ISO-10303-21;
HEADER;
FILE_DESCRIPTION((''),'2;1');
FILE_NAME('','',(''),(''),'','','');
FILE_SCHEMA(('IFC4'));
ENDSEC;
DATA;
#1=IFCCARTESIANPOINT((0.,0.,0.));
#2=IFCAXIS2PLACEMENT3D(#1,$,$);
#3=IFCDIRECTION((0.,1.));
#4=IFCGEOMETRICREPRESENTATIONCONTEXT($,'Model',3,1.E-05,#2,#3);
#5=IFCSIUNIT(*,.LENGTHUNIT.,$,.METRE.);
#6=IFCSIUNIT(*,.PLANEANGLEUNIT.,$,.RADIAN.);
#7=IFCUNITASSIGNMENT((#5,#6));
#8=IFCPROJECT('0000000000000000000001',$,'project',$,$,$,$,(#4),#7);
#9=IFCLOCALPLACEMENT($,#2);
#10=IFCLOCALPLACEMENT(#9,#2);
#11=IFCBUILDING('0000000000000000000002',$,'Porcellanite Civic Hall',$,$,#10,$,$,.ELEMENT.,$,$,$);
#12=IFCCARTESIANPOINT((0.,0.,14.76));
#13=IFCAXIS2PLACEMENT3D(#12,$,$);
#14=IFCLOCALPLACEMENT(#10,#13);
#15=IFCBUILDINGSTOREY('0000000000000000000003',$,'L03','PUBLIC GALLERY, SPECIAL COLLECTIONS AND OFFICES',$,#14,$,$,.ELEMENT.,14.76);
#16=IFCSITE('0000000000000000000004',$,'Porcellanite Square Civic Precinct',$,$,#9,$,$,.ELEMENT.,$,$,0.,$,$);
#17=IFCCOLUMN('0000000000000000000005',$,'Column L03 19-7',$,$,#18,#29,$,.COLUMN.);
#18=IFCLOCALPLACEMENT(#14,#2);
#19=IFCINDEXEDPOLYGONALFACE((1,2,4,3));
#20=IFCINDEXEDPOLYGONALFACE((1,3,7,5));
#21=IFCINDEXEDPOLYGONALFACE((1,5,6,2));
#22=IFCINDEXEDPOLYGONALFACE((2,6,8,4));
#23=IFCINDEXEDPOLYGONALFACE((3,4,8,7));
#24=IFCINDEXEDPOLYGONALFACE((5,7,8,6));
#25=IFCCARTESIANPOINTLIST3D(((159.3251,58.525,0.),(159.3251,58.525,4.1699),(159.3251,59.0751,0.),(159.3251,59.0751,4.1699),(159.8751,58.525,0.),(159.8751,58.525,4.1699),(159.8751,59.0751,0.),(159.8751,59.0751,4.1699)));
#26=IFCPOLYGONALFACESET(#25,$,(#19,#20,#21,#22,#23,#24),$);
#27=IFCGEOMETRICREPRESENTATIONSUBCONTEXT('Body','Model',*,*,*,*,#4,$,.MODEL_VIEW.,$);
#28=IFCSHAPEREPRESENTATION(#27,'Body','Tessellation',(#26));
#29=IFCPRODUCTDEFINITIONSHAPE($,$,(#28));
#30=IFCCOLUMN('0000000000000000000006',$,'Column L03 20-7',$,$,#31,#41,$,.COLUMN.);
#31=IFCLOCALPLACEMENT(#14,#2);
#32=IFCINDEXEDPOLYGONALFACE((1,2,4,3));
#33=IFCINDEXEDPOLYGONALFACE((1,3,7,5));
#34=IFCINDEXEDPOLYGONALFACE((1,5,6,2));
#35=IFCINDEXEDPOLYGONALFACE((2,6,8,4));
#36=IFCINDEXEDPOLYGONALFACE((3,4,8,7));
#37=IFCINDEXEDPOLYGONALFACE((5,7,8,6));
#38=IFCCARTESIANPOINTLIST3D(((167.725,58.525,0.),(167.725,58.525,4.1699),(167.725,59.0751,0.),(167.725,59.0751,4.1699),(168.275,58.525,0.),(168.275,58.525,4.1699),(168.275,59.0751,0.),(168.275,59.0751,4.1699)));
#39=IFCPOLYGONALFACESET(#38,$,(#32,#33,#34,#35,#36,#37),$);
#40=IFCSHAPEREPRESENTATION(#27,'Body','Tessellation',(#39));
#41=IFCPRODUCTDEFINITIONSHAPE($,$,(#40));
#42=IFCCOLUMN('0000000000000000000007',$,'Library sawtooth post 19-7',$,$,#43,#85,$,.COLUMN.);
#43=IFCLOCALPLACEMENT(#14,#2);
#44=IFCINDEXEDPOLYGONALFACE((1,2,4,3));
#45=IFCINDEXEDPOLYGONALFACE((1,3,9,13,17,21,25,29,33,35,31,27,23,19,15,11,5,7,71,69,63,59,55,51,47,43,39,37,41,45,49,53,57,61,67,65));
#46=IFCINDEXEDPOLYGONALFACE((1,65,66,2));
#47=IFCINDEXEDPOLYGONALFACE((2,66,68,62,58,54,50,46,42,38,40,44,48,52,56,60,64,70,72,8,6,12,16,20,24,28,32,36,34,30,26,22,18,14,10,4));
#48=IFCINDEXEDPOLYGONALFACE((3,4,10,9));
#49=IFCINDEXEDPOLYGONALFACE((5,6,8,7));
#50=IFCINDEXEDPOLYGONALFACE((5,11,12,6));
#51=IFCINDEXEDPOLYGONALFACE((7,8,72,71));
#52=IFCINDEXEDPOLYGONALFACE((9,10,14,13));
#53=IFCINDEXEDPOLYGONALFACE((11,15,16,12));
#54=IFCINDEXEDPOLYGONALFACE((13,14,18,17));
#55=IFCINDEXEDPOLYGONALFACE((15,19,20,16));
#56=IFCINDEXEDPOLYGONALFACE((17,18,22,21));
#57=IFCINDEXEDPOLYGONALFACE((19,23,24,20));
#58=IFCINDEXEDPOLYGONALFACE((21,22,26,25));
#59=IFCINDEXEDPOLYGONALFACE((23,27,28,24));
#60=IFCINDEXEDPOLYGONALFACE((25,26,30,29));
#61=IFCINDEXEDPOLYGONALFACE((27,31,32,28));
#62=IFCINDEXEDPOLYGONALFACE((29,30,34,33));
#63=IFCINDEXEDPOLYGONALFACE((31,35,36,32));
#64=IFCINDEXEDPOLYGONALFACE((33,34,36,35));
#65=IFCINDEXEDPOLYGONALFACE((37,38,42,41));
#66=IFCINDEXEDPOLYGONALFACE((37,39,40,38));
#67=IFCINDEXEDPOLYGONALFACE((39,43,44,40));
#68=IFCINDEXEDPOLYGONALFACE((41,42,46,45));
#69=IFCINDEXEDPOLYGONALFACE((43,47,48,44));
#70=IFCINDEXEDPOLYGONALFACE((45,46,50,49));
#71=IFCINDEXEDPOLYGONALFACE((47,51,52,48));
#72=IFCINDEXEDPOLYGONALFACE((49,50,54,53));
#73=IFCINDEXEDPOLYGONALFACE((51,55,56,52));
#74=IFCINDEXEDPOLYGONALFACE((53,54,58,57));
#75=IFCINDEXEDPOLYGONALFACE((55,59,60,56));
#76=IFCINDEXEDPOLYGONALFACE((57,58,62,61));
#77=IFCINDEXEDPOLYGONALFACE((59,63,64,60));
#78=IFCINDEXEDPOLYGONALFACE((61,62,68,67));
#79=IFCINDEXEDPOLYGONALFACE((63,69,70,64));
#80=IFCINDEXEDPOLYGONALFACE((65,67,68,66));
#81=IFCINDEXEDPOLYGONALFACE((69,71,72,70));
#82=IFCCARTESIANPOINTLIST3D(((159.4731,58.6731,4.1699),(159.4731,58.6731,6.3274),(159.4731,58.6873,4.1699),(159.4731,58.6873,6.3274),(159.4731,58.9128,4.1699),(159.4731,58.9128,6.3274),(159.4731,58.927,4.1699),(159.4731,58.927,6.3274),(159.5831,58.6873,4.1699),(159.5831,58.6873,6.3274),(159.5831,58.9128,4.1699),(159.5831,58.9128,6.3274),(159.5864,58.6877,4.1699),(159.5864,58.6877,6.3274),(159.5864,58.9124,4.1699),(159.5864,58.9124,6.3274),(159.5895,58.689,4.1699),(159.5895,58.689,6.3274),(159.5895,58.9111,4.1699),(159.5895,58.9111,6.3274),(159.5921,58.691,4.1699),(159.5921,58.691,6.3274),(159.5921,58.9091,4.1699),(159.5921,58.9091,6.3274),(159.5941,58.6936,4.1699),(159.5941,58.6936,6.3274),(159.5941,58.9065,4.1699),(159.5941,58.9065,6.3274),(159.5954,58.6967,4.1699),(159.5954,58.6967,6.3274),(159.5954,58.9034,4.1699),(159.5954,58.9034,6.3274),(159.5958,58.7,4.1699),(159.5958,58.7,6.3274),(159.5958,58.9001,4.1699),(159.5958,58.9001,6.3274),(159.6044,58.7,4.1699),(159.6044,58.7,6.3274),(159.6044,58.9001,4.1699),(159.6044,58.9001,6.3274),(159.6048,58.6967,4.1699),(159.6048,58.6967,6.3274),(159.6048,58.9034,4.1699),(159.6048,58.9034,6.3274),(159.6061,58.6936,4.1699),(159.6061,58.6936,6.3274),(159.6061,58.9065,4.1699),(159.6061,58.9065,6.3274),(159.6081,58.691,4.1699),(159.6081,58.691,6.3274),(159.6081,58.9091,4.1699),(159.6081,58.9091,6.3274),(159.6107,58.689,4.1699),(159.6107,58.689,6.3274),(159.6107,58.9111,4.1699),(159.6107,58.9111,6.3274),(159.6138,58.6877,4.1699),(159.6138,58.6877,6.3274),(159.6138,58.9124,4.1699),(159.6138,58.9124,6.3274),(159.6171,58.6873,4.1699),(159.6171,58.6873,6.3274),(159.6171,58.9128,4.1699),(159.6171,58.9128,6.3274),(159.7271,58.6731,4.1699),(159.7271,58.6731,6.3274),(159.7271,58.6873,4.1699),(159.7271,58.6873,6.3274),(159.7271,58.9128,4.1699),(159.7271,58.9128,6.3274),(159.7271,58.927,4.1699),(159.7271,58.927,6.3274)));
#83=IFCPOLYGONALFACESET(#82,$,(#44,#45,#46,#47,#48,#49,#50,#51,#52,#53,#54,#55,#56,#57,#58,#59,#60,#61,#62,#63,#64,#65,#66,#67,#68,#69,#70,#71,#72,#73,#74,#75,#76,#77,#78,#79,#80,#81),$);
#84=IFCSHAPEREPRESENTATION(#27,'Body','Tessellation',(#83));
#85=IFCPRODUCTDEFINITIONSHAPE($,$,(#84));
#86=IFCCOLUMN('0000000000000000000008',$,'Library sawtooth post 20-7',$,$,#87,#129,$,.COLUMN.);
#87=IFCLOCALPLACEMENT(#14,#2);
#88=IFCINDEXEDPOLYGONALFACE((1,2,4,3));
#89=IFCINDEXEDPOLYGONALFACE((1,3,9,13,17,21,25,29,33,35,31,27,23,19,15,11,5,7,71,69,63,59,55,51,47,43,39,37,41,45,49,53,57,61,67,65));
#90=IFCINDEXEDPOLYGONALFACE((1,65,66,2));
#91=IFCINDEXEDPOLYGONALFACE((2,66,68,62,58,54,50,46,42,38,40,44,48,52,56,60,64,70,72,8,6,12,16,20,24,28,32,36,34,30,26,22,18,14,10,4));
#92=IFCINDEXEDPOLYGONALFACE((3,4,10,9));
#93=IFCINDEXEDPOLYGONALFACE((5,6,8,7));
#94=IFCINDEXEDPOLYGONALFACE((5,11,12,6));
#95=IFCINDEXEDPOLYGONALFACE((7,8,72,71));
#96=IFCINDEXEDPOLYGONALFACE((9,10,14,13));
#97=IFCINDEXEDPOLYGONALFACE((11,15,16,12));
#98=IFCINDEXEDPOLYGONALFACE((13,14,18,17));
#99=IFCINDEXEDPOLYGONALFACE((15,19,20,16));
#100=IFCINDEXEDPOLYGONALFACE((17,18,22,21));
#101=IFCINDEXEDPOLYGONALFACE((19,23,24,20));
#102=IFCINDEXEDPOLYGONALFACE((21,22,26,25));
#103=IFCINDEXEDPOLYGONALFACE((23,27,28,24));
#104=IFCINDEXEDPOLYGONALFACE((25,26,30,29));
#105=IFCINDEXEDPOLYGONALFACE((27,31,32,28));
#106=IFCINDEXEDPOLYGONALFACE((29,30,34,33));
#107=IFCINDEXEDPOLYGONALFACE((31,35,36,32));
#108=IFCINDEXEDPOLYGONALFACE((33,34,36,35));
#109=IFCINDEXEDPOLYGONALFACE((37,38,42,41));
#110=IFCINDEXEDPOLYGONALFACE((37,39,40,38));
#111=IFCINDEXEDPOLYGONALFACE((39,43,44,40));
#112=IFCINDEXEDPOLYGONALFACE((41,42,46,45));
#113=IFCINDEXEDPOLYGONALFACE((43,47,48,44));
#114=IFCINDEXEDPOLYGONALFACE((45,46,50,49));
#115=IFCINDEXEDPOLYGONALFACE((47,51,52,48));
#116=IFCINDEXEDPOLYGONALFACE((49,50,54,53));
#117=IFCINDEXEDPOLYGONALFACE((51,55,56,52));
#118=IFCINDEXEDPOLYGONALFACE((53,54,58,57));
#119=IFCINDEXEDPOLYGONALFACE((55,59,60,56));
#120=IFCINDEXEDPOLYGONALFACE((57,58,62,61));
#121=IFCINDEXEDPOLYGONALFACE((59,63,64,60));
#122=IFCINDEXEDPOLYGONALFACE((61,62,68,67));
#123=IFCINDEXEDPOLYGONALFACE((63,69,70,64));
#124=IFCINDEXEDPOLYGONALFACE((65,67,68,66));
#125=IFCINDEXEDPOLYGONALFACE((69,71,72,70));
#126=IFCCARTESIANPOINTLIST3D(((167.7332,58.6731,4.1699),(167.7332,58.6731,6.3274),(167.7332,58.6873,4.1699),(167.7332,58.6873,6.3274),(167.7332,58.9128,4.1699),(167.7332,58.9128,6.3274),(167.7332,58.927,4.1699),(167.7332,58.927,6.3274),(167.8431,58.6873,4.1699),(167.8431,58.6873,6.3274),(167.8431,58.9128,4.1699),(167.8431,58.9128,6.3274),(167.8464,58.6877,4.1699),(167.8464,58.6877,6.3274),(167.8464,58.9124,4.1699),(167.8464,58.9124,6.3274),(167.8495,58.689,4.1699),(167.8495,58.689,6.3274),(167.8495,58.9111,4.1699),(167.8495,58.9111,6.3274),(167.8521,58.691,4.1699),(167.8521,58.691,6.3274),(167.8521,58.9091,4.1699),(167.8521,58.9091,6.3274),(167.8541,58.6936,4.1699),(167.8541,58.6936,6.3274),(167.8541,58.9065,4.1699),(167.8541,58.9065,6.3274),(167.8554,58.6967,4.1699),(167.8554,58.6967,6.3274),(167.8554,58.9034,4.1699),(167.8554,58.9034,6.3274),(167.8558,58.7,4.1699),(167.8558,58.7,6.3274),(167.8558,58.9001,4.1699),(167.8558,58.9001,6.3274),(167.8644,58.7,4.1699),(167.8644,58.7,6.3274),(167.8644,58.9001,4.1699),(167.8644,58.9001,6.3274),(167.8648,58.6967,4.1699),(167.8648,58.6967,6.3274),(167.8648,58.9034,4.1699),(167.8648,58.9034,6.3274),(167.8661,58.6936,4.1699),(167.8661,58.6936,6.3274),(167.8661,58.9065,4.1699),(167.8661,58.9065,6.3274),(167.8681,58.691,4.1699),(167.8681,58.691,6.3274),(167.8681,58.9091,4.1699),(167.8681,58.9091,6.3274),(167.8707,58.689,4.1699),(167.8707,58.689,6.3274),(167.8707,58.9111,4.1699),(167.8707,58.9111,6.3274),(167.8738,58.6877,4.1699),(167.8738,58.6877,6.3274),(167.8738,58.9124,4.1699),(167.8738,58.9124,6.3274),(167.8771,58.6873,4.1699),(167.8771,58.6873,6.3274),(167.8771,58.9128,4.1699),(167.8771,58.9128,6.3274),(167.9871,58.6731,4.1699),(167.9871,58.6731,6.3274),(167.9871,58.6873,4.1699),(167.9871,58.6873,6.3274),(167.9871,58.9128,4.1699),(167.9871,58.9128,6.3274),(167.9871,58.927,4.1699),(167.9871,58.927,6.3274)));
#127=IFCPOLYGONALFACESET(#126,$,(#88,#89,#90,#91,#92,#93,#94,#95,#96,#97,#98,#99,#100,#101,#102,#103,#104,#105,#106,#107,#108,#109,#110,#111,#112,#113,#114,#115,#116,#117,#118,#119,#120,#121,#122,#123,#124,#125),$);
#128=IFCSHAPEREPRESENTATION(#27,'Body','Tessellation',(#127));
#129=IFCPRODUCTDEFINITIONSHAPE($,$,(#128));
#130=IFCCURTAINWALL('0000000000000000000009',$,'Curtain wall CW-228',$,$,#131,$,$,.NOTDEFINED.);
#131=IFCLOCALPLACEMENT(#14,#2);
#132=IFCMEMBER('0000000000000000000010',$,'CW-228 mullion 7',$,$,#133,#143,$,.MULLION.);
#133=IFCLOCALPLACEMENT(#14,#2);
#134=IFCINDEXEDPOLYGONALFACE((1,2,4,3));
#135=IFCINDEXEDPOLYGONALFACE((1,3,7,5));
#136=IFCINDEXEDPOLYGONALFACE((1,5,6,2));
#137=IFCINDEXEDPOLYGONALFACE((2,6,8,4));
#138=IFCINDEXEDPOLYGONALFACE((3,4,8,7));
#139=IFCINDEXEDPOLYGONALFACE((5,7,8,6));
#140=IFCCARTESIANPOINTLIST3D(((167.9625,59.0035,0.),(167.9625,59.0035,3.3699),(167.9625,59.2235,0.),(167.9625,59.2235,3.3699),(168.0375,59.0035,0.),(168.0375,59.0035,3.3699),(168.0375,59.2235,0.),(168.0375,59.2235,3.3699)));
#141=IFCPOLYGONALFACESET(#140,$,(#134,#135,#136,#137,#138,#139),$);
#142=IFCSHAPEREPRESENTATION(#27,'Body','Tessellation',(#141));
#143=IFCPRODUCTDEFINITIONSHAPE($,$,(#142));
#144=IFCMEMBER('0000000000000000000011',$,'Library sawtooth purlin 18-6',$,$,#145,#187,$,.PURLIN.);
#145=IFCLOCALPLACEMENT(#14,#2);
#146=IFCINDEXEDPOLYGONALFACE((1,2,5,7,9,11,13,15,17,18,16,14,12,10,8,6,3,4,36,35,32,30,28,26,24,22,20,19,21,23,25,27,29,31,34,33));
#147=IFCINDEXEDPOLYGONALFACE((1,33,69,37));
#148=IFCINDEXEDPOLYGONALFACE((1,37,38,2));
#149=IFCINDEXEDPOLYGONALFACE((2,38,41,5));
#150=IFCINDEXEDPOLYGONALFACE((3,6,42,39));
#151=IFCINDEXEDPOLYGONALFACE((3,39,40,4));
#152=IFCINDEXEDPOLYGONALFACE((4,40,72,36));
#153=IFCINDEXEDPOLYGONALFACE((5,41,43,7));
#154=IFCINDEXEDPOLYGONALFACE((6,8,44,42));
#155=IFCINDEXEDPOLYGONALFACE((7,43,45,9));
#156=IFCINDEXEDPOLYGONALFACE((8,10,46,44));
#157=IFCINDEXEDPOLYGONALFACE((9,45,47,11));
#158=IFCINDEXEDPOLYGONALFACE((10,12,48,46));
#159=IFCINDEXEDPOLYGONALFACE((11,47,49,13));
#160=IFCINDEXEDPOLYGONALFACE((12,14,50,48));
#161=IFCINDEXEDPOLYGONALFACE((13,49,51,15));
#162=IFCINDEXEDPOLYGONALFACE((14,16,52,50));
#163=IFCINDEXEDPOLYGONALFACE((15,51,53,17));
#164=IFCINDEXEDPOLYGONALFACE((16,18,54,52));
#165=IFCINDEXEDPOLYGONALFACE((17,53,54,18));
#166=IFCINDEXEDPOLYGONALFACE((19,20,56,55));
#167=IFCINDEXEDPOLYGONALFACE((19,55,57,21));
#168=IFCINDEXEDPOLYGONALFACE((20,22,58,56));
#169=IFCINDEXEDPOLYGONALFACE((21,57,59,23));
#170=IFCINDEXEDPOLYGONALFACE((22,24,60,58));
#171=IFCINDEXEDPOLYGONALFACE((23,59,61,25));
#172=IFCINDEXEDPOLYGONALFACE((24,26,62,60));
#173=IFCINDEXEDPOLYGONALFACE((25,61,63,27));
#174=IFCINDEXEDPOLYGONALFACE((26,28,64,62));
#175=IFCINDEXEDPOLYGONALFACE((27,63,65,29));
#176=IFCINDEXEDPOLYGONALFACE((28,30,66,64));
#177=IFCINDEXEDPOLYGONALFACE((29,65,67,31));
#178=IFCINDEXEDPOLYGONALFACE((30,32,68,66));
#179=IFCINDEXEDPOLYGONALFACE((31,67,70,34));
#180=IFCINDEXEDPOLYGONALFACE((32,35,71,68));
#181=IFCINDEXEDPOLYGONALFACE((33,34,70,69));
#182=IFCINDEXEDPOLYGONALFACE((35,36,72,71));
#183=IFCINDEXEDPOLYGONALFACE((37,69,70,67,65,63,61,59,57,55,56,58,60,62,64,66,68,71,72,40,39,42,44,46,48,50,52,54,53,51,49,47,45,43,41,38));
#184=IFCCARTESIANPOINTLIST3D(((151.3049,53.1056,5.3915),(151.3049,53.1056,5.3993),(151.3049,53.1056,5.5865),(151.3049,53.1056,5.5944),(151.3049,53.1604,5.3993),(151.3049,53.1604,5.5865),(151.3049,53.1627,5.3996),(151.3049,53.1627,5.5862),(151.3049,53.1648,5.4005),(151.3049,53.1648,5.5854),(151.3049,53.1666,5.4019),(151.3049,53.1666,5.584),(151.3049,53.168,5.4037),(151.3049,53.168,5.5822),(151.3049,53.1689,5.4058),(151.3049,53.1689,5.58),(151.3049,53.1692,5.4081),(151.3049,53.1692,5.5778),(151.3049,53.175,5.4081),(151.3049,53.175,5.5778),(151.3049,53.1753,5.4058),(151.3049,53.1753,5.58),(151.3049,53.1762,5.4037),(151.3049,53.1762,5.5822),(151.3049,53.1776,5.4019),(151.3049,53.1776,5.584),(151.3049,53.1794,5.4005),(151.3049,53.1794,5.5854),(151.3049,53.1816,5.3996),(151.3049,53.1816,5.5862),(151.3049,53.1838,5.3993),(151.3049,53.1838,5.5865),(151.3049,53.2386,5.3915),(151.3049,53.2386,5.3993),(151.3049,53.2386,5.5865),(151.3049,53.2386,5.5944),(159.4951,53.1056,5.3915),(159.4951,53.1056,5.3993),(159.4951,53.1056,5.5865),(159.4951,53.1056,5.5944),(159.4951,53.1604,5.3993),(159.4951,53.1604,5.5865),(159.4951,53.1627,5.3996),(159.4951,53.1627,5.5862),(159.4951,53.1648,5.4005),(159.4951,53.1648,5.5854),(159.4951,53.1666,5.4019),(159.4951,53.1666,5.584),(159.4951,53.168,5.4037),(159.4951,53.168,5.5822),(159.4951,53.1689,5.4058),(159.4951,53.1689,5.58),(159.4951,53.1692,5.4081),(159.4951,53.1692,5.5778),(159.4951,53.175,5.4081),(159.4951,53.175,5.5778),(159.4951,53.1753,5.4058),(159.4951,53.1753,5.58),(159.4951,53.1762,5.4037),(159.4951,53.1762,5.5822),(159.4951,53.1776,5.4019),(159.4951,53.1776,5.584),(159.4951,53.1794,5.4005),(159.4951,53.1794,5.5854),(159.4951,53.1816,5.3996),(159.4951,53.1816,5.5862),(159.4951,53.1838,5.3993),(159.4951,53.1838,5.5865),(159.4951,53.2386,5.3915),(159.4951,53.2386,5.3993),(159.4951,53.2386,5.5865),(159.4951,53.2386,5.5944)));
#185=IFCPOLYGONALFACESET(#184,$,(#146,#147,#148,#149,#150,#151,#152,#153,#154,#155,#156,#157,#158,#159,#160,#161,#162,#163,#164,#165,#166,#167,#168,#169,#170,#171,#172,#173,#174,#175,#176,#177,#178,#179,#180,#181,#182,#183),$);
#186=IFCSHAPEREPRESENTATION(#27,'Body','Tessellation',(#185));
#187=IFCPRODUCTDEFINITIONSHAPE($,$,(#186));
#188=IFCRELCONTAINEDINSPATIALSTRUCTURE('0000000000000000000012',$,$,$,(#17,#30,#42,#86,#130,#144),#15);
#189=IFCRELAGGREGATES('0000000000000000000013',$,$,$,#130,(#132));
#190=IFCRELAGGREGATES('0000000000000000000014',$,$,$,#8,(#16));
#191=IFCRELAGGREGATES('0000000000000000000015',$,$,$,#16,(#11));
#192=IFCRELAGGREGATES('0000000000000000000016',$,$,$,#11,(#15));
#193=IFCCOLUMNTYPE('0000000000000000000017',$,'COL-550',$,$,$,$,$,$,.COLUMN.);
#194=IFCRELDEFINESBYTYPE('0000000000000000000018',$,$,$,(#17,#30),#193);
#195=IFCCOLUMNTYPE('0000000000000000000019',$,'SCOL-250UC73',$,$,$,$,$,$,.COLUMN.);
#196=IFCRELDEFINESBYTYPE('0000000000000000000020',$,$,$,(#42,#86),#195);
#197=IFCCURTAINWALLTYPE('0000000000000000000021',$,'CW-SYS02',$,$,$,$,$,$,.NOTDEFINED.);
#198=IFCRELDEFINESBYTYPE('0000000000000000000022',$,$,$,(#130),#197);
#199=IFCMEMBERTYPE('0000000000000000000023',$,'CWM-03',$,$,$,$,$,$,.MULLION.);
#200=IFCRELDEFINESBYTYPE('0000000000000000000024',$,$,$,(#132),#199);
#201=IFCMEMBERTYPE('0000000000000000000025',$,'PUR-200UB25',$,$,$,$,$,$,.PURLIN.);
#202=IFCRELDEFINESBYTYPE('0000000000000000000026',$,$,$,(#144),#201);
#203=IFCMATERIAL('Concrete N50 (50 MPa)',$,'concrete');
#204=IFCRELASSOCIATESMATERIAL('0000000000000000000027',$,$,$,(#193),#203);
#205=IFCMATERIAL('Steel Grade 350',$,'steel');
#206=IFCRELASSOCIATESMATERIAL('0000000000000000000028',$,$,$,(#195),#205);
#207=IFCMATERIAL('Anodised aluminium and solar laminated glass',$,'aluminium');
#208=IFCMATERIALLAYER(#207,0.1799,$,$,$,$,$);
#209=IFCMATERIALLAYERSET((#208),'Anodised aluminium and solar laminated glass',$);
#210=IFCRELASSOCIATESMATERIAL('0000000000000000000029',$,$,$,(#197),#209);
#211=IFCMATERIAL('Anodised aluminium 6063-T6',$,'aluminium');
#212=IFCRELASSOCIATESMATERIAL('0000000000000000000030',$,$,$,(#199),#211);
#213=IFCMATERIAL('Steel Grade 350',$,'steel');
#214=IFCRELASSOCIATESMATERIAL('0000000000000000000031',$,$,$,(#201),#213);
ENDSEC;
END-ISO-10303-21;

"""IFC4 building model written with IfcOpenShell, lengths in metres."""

from ifc_helpers import new_model, si_unit, direction, frame, origin, origin_2d, place, context, subcontext, project, spatial, rectangle, i_section, extrude, material, layer, layer_set, material_profile, profile_set, type_object, element, aggregate, save


model = new_model("IFC4")

# Units and contexts
model_context = context("Model", 3, precision=1e-05, world=origin(), true_north=direction((0.0, 1.0)))
body_context = subcontext(model_context, "Body", "Model", "MODEL_VIEW")
ifc_project = project(units=[si_unit("LENGTHUNIT", "METRE"), si_unit("PLANEANGLEUNIT", "RADIAN")], contexts=[model_context])

# Site, building, storey
site_placement = place(None, origin())
site = spatial("IfcSite", under=ifc_project, at=site_placement, Name="Porcellanite Square Civic Precinct", CompositionType="ELEMENT", RefElevation=0.0)
building_placement = place(site_placement, origin())
building = spatial("IfcBuilding", under=site, at=building_placement, Name="Porcellanite Civic Hall", CompositionType="ELEMENT")
storey_placement = place(building_placement, frame((0.0, 0.0, 14.76)))
storey = spatial("IfcBuildingStorey", under=building, at=storey_placement, Name="L03", Description="PUBLIC GALLERY, SPECIAL COLLECTIONS AND OFFICES", CompositionType="ELEMENT", Elevation=14.76)

# Columns
ifc_material_1 = material(Name="Concrete N50 (50 MPa)", Category="concrete")
ifc_material_profile_1 = material_profile(ifc_material_1, rectangle(XDim=0.55, YDim=0.55, at=origin_2d()), Name="RC-550x550")
ifc_profile_set_1 = profile_set([ifc_material_profile_1], Name="Concrete N50 (50 MPa)")
column_type_1 = type_object("IfcColumnType", Name="COL-550", PredefinedType="COLUMN", material=ifc_profile_set_1)
for number, where, z_axis, x_axis, name in (
    (1, (159.6001, 58.8, 0.0), (0.0, 0.0, 1.0), (1.0, 0.0, 0.0), "Column L03 19-7"),
    (2, (168.0, 58.8, 0.0), (0.0, 0.0, 1.0), (1.0, 0.0, 0.0), "Column L03 20-7"),
):
    element("IfcColumn", number, at=place(storey_placement, frame(where, z_axis=z_axis, x_axis=x_axis)), inside=storey, type_object=column_type_1, Name=name, PredefinedType="COLUMN", context=body_context, shape_type="SweptSolid", body=[
        extrude(rectangle(XDim=0.55, YDim=0.55, at=origin_2d()), origin(), (0.0, 0.0, 1.0), 4.1699),
    ])
ifc_material_2 = material(Name="Steel Grade 350", Category="steel")
ifc_material_profile_2 = material_profile(ifc_material_2, i_section(OverallWidth=0.2539, OverallDepth=0.2539, WebThickness=0.0085, FlangeThickness=0.0142, FilletRadius=0.0127, at=origin_2d()), Name="250UC72.9")
ifc_profile_set_2 = profile_set([ifc_material_profile_2], Name="Steel Grade 350")
column_type_2 = type_object("IfcColumnType", Name="SCOL-250UC73", PredefinedType="COLUMN", material=ifc_profile_set_2)
for number, where, z_axis, x_axis, name in (
    (3, (159.6001, 58.8, 4.1699), (0.0, 0.0, 1.0), (1.0, 0.0, 0.0), "Library sawtooth post 19-7"),
    (4, (167.8601, 58.8, 4.1699), (0.0, 0.0, 1.0), (1.0, 0.0, 0.0), "Library sawtooth post 20-7"),
):
    element("IfcColumn", number, at=place(storey_placement, frame(where, z_axis=z_axis, x_axis=x_axis)), inside=storey, type_object=column_type_2, Name=name, PredefinedType="COLUMN", context=body_context, shape_type="SweptSolid", body=[
        extrude(i_section(OverallWidth=0.2539, OverallDepth=0.2539, WebThickness=0.0085, FlangeThickness=0.0142, FilletRadius=0.0127, at=origin_2d()), origin(), (0.0, 0.0, 1.0), 2.1575),
    ])

# Curtain wall, member
ifc_material_3 = material(Name="Anodised aluminium and solar laminated glass", Category="aluminium")
ifc_layer_1 = layer(ifc_material_3, 0.1799)
ifc_layer_set_1 = layer_set([ifc_layer_1], Name="Anodised aluminium and solar laminated glass")
curtain_wall_type = type_object("IfcCurtainWallType", Name="CW-SYS02", PredefinedType="NOTDEFINED", material=ifc_layer_set_1)
curtain_wall_placement = place(storey_placement, origin())
curtain_wall = element("IfcCurtainWall", 5, at=curtain_wall_placement, inside=storey, type_object=curtain_wall_type, Name="Curtain wall CW-228", PredefinedType="NOTDEFINED")
ifc_material_4 = material(Name="Anodised aluminium 6063-T6", Category="aluminium")
ifc_material_profile_3 = material_profile(ifc_material_4, rectangle(XDim=0.075, YDim=0.22, at=origin_2d()), Name="AL-75x220")
ifc_profile_set_3 = profile_set([ifc_material_profile_3], Name="Anodised aluminium 6063-T6")
member_type_1 = type_object("IfcMemberType", Name="CWM-03", PredefinedType="MULLION", material=ifc_profile_set_3)
member_placement = place(storey_placement, frame((168.0, 59.1135, 0.0), z_axis=(0.0, 0.0, 1.0), x_axis=(1.0, 0.0, 0.0)))
member = element("IfcMember", 6, at=member_placement, type_object=member_type_1, Name="CW-228 mullion 7", PredefinedType="MULLION", context=body_context, shape_type="SweptSolid", body=[
    extrude(rectangle(XDim=0.075, YDim=0.22, at=origin_2d()), origin(), (0.0, 0.0, 1.0), 3.3699),
])

# Member
ifc_material_5 = material(Name="Steel Grade 350", Category="steel")
ifc_material_profile_4 = material_profile(ifc_material_5, i_section(OverallWidth=0.1331, OverallDepth=0.2029, WebThickness=0.0059, FlangeThickness=0.0078, FilletRadius=0.0088, at=origin_2d()), Name="200UB25.4")
ifc_profile_set_4 = profile_set([ifc_material_profile_4], Name="Steel Grade 350")
member_type_2 = type_object("IfcMemberType", Name="PUR-200UB25", PredefinedType="PURLIN", material=ifc_profile_set_4)
for number, where, z_axis, x_axis, name in (
    (7, (151.3049, 53.1721, 5.4929), (1.0, 0.0, 0.0), (0.0, 1.0, 0.0), "Library sawtooth purlin 18-6"),
):
    element("IfcMember", number, at=place(storey_placement, frame(where, z_axis=z_axis, x_axis=x_axis)), inside=storey, type_object=member_type_2, Name=name, PredefinedType="PURLIN", context=body_context, shape_type="SweptSolid", body=[
        extrude(i_section(OverallWidth=0.1331, OverallDepth=0.2029, WebThickness=0.0059, FlangeThickness=0.0078, FilletRadius=0.0088, at=origin_2d()), origin(), (0.0, 0.0, 1.0), 8.1902),
    ])

aggregate(curtain_wall, [member])

save(model, "model.ifc")
